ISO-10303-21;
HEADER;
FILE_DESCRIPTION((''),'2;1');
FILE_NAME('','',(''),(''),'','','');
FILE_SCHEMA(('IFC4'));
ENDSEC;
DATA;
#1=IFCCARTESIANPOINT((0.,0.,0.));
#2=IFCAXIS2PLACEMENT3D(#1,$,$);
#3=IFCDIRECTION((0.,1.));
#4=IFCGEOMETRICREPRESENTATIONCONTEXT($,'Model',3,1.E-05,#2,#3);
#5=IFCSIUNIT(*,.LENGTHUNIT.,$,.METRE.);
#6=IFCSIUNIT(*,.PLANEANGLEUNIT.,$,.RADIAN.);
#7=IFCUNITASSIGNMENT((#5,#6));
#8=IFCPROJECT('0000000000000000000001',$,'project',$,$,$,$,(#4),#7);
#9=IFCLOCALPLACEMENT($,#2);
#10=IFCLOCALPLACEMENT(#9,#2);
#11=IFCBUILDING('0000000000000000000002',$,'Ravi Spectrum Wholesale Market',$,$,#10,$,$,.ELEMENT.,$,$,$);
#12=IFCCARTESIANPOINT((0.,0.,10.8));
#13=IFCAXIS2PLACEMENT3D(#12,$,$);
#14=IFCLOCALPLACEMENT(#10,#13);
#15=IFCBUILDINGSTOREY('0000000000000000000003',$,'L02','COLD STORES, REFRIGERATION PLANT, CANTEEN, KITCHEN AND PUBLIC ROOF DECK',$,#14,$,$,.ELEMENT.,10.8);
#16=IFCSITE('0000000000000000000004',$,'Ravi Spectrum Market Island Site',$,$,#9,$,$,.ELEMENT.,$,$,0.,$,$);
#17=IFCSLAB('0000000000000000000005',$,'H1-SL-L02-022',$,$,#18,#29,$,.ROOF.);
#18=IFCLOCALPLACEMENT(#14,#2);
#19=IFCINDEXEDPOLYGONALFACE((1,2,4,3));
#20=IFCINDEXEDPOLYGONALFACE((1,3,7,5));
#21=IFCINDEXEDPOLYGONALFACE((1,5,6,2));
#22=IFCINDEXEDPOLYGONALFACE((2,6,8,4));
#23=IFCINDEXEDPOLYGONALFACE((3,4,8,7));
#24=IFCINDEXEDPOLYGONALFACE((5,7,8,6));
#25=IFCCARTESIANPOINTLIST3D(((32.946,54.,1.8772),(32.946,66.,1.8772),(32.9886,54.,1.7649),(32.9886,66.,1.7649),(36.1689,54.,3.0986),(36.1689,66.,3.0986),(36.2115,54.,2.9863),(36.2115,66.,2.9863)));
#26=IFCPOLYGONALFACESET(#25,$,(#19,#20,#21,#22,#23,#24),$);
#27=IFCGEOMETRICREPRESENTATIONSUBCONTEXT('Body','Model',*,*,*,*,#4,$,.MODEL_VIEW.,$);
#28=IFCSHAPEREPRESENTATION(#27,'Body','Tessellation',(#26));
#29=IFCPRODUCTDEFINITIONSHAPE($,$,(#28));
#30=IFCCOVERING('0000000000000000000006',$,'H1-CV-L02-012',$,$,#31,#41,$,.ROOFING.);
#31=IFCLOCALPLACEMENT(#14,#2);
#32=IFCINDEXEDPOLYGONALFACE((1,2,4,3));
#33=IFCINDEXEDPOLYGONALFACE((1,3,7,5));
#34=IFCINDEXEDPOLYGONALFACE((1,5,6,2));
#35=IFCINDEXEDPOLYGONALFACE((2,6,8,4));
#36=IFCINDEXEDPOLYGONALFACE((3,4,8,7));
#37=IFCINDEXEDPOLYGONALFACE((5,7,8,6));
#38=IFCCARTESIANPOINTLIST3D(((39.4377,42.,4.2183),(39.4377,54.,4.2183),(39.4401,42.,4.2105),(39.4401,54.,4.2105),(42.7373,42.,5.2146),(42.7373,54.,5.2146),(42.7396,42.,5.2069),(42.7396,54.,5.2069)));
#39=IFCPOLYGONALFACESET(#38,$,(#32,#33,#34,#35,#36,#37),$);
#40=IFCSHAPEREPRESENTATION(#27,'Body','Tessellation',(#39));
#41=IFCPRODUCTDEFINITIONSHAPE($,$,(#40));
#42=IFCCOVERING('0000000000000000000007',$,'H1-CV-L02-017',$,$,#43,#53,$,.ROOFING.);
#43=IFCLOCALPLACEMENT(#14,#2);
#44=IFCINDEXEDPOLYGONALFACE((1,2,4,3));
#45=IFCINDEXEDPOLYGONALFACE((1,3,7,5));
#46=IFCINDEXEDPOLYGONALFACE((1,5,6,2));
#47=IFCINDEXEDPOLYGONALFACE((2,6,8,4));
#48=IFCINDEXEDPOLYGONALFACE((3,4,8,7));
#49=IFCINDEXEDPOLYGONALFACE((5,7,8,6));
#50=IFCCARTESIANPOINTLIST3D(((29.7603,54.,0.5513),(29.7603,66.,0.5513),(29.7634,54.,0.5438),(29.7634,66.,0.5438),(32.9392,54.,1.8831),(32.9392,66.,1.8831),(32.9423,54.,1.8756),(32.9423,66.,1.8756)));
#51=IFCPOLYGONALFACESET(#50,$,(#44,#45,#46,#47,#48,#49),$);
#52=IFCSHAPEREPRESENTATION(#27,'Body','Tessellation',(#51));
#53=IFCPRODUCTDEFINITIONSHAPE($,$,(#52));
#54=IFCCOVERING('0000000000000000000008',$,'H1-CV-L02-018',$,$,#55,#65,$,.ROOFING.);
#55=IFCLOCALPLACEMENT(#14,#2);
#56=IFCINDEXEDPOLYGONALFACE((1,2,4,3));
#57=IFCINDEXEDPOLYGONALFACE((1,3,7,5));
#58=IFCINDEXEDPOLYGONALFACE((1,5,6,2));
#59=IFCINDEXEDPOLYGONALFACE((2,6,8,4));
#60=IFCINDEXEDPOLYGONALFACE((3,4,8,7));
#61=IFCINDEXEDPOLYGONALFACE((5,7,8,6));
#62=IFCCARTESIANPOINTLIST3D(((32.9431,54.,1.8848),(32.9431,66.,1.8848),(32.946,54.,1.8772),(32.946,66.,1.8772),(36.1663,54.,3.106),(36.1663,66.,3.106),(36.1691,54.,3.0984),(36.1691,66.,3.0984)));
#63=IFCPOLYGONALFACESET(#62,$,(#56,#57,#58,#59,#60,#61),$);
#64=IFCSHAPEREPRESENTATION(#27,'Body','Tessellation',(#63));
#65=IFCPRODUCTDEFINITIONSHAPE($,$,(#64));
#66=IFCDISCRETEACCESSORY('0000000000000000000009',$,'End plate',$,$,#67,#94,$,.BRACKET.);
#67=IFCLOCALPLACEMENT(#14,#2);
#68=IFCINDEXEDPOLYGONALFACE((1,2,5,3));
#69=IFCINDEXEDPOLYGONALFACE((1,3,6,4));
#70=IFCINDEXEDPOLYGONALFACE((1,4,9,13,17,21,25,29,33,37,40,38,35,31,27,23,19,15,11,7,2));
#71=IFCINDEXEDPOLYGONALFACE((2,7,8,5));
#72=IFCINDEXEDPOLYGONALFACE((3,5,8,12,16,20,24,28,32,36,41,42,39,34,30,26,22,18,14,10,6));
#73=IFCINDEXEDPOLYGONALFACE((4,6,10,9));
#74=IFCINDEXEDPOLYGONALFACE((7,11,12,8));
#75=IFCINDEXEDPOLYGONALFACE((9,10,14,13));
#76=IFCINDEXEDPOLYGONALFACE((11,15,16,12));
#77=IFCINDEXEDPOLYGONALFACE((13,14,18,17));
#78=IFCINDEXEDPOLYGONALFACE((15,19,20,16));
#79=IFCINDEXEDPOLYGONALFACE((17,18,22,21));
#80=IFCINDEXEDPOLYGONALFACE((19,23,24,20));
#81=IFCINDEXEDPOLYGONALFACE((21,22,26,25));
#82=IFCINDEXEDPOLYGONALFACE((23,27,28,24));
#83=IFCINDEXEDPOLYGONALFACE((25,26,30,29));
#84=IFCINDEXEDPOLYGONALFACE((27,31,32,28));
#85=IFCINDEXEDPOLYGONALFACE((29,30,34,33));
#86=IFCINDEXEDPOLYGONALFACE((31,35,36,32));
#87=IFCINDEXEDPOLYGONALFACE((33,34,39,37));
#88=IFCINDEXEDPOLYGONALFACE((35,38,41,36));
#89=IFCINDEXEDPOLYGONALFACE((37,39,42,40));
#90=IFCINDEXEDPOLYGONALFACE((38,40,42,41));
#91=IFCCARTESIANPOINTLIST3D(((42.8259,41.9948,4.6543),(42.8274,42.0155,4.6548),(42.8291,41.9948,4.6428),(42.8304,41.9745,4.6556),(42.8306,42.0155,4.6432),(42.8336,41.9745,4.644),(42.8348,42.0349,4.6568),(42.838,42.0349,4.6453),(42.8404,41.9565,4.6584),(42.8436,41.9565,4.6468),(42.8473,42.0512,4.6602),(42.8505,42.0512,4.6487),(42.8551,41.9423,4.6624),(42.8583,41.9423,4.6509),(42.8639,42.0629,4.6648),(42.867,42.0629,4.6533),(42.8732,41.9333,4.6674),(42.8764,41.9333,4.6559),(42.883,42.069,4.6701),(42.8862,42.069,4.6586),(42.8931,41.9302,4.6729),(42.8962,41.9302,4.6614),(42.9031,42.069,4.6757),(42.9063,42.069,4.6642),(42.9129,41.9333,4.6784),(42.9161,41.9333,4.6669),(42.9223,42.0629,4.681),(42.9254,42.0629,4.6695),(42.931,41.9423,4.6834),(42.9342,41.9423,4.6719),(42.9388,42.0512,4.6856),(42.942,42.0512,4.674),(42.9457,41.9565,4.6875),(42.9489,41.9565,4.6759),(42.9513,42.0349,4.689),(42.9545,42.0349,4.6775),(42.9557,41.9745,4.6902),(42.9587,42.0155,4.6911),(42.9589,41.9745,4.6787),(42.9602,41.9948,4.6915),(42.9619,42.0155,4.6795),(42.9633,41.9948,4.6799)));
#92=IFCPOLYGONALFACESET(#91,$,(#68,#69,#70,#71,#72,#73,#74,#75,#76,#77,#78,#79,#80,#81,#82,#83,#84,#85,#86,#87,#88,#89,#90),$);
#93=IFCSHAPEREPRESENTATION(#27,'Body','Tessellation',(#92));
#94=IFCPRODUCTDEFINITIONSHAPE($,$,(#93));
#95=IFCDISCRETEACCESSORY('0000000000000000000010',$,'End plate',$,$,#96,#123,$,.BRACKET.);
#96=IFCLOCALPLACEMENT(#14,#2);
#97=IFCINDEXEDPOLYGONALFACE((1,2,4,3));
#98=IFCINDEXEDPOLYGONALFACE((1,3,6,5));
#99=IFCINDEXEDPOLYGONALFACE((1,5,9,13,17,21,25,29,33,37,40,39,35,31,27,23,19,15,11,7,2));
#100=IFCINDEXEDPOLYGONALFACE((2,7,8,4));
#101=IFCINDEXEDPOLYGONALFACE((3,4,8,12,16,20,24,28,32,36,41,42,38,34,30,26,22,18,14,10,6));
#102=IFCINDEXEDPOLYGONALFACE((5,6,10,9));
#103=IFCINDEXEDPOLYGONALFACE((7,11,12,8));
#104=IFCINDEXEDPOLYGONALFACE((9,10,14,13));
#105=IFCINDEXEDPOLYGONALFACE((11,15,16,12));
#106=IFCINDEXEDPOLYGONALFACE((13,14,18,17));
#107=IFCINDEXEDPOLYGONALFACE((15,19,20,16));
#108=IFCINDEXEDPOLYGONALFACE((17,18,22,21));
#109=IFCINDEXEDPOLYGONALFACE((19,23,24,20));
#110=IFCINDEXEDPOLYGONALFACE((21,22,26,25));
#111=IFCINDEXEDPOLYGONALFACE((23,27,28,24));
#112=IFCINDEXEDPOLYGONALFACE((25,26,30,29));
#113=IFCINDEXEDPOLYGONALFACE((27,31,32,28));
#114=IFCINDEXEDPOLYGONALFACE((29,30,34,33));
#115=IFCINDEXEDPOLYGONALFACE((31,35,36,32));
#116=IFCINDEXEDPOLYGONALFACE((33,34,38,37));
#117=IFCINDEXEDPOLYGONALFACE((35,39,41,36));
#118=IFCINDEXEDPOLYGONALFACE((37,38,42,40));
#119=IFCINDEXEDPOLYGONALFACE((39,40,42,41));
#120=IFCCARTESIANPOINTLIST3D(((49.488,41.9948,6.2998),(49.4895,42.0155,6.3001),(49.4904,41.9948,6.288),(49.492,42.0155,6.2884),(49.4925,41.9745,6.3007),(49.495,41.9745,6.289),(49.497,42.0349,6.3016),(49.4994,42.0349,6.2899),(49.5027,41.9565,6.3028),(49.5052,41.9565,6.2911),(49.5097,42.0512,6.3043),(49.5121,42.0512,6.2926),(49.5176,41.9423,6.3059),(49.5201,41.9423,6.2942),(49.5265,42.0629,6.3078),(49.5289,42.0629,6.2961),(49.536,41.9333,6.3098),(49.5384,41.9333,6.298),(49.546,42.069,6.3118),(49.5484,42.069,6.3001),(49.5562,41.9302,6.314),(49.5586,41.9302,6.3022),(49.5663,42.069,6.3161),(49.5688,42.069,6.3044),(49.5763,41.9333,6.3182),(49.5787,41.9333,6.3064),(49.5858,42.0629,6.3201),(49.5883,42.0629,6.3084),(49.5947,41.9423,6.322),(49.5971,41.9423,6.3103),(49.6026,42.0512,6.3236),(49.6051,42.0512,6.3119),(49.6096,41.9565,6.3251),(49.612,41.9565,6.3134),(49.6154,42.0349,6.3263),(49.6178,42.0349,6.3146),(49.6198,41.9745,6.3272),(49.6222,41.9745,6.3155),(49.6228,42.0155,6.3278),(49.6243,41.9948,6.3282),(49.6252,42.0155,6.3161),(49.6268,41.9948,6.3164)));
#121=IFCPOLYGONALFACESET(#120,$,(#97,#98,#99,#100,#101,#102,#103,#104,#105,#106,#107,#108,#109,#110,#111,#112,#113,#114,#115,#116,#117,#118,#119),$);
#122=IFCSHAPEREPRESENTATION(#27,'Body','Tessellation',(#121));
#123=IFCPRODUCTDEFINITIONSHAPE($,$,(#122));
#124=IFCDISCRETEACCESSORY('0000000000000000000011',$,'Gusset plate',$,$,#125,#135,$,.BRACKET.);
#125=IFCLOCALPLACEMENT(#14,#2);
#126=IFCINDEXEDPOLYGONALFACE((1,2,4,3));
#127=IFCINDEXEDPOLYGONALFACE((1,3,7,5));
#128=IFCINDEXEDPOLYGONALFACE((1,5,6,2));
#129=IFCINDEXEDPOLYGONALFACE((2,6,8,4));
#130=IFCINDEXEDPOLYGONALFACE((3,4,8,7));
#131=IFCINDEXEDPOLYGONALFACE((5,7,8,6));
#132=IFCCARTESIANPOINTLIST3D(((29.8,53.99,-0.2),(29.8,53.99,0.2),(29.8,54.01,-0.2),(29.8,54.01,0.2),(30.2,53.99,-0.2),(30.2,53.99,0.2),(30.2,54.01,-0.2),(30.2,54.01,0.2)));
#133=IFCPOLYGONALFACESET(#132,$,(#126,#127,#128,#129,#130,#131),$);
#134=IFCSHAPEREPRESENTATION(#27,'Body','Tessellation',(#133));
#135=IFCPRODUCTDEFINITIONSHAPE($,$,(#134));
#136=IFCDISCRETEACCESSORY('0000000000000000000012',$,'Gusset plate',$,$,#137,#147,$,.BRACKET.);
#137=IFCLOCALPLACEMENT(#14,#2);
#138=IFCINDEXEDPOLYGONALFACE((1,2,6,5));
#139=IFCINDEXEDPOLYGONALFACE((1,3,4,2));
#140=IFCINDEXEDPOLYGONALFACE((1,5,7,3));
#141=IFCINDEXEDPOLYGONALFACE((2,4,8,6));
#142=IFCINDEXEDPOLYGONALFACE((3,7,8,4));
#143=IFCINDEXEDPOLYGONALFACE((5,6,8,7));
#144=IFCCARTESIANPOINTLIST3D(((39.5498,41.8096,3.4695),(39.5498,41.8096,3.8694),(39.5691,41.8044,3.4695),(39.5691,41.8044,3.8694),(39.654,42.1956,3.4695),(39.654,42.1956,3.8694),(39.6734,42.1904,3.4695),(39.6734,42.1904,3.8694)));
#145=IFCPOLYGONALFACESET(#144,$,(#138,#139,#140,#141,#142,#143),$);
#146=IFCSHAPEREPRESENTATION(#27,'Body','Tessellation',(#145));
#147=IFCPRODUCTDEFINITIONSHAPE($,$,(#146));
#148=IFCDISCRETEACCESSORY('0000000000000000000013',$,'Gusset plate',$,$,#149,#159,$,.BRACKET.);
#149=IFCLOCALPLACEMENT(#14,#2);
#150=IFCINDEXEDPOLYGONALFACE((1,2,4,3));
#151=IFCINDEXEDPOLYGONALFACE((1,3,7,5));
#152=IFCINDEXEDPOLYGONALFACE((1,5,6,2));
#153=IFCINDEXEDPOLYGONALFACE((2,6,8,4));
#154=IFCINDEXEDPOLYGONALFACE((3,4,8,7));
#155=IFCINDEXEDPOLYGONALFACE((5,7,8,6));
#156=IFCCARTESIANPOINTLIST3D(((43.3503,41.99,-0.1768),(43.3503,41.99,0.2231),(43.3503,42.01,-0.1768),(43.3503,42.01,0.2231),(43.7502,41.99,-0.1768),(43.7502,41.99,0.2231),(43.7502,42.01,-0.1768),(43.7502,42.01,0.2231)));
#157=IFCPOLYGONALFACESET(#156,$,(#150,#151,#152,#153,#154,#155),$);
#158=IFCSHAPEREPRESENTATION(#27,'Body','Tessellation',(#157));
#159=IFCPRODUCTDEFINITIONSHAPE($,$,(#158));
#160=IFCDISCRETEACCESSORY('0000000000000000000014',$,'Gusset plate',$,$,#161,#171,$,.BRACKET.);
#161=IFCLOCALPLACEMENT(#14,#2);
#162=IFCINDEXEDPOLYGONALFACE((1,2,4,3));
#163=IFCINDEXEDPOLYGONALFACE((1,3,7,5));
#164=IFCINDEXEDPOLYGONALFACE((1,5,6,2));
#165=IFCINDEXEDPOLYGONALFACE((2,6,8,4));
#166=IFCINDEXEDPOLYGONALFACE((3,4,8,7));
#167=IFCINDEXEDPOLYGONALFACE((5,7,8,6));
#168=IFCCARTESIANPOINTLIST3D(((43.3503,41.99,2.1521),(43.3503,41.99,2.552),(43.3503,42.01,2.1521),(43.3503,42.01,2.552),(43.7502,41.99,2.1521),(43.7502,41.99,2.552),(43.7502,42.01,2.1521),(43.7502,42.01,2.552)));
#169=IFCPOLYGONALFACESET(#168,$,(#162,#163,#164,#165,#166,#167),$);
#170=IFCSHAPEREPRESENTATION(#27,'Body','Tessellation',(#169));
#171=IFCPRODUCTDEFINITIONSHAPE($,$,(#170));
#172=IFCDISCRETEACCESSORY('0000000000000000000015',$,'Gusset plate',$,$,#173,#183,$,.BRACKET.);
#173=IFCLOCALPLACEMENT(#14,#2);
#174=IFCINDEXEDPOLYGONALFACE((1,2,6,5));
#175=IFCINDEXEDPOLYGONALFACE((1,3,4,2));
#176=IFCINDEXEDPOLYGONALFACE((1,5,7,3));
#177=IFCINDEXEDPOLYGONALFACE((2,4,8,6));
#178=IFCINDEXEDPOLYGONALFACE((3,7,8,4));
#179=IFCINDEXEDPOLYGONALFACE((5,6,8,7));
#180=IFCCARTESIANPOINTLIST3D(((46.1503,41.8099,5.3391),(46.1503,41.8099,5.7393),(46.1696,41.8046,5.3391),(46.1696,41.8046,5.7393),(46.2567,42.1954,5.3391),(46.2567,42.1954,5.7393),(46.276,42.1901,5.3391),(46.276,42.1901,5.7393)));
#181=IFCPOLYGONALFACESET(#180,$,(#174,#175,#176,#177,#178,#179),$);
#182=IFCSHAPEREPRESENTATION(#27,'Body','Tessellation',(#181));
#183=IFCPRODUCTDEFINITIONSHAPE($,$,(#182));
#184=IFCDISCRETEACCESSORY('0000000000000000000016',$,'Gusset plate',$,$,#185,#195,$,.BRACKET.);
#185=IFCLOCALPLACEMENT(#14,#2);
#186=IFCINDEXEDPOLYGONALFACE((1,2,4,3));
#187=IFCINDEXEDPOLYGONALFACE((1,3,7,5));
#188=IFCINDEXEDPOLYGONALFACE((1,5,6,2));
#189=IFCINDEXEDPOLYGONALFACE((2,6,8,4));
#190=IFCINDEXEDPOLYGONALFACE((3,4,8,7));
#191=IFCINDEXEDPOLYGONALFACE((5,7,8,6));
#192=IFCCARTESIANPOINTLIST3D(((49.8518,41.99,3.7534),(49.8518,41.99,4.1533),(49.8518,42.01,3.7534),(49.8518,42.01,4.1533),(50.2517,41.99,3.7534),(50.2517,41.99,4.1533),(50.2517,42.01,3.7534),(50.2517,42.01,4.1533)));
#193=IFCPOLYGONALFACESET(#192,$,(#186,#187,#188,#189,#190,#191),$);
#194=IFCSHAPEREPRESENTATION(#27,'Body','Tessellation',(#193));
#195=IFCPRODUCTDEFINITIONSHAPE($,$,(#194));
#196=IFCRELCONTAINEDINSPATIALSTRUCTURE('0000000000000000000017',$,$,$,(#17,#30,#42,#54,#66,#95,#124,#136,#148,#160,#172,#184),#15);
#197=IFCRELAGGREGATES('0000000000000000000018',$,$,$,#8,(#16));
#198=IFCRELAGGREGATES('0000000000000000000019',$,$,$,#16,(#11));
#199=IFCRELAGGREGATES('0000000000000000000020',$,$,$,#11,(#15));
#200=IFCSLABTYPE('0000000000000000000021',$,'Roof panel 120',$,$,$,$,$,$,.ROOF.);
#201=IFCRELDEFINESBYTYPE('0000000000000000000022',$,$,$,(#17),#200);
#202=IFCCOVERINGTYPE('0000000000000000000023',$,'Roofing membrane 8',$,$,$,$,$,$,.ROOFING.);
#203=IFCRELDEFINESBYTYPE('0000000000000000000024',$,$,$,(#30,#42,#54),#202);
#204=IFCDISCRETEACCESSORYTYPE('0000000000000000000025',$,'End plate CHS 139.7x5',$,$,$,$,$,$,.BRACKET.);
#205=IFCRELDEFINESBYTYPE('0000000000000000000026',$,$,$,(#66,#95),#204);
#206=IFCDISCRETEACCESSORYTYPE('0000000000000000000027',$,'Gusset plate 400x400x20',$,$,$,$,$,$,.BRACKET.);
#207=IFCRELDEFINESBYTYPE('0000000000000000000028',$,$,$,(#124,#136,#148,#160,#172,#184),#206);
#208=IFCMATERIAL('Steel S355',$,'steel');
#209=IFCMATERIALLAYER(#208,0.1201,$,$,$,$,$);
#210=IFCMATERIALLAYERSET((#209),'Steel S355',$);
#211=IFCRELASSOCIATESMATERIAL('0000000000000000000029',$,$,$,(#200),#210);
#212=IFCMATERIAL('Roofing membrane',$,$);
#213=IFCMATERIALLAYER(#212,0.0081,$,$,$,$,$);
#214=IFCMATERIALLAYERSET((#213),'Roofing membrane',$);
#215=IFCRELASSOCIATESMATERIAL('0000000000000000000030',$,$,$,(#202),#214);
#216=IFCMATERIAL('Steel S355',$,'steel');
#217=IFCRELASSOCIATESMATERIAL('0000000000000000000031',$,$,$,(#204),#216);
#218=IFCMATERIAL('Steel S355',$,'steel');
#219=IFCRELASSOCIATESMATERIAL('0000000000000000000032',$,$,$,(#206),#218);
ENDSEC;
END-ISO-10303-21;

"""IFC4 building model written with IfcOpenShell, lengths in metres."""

from ifc_helpers import new_model, si_unit, direction, frame, origin, origin_2d, place, context, subcontext, project, spatial, polyline, rectangle, circle, outline, extrude, material, layer, layer_set, material_profile, profile_set, type_object, element, save


model = new_model("IFC4")

# Units and contexts
model_context = context("Model", 3, precision=1e-05, world=origin(), true_north=direction((0.0, 1.0)))
body_context = subcontext(model_context, "Body", "Model", "MODEL_VIEW")
ifc_project = project(units=[si_unit("LENGTHUNIT", "METRE"), si_unit("PLANEANGLEUNIT", "RADIAN")], contexts=[model_context])

# Site, building, storey
site_placement = place(None, origin())
site = spatial("IfcSite", under=ifc_project, at=site_placement, Name="Ravi Spectrum Market Island Site", CompositionType="ELEMENT", RefElevation=0.0)
building_placement = place(site_placement, origin())
building = spatial("IfcBuilding", under=site, at=building_placement, Name="Ravi Spectrum Wholesale Market", CompositionType="ELEMENT")
storey_placement = place(building_placement, frame((0.0, 0.0, 10.8)))
storey = spatial("IfcBuildingStorey", under=building, at=storey_placement, Name="L02", Description="COLD STORES, REFRIGERATION PLANT, CANTEEN, KITCHEN AND PUBLIC ROOF DECK", CompositionType="ELEMENT", Elevation=10.8)

# Slab
ifc_material_1 = material(Name="Steel S355", Category="steel")
ifc_layer_1 = layer(ifc_material_1, 0.1201)
ifc_layer_set_1 = layer_set([ifc_layer_1], Name="Steel S355")
slab_type = type_object("IfcSlabType", Name="Roof panel 120", PredefinedType="ROOF", material=ifc_layer_set_1)
slab_1_placement = place(storey_placement, frame((32.946, 54.0, 1.8772), z_axis=(-0.354389, 0.0, 0.935098), x_axis=(0.935098, 0.0, 0.354389)))
element("IfcSlab", 1, at=slab_1_placement, inside=storey, type_object=slab_type, Name="H1-SL-L02-022", PredefinedType="ROOF", context=body_context, shape_type="SweptSolid", body=[
    extrude(outline(polyline([(0.0, 0.0), (3.4466, 0.0), (3.4466, 12.0), (0.0, 12.0), (0.0, 0.0)])), origin(), (0.0, 0.0, -1.0), 0.1201),
])

# Coverings
ifc_material_2 = material(Name="Roofing membrane")
ifc_layer_2 = layer(ifc_material_2, 0.0081)
ifc_layer_set_2 = layer_set([ifc_layer_2], Name="Roofing membrane")
covering_type = type_object("IfcCoveringType", Name="Roofing membrane 8", PredefinedType="ROOFING", material=ifc_layer_set_2)
covering_1_placement = place(storey_placement, frame((39.4377, 42.0, 4.2183), z_axis=(-0.28907, 0.0, 0.957308), x_axis=(0.957308, 0.0, 0.28907)))
element("IfcCovering", 2, at=covering_1_placement, inside=storey, type_object=covering_type, Name="H1-CV-L02-012", PredefinedType="ROOFING", context=body_context, shape_type="SweptSolid", body=[
    extrude(outline(polyline([(0.0, 0.0), (3.4467, 0.0), (3.4467, 12.0), (0.0, 12.0), (0.0, 0.0)])), origin(), (0.0, 0.0, -1.0), 0.0081),
])
covering_2_placement = place(storey_placement, frame((29.7603, 54.0, 0.5513), z_axis=(-0.3864, 0.0, 0.922331), x_axis=(0.922331, 0.0, 0.3864)))
element("IfcCovering", 3, at=covering_2_placement, inside=storey, type_object=covering_type, Name="H1-CV-L02-017", PredefinedType="ROOFING", context=body_context, shape_type="SweptSolid", body=[
    extrude(outline(polyline([(0.0, 0.0), (3.4467, 0.0), (3.4467, 12.0), (0.0, 12.0), (0.0, 0.0)])), origin(), (0.0, 0.0, -1.0), 0.0081),
])
covering_3_placement = place(storey_placement, frame((32.9431, 54.0, 1.8848), z_axis=(-0.354304, 0.0, 0.93513), x_axis=(0.93513, 0.0, 0.354304)))
element("IfcCovering", 4, at=covering_3_placement, inside=storey, type_object=covering_type, Name="H1-CV-L02-018", PredefinedType="ROOFING", context=body_context, shape_type="SweptSolid", body=[
    extrude(outline(polyline([(0.0, 0.0), (3.4467, 0.0), (3.4467, 12.0), (0.0, 12.0), (0.0, 0.0)])), origin(), (0.0, 0.0, -1.0), 0.0081),
])

# Discrete accessories
ifc_material_3 = material(Name="Steel S355", Category="steel")
ifc_material_profile_1 = material_profile(ifc_material_3, circle(Radius=0.0698, at=origin_2d()))
ifc_profile_set_1 = profile_set([ifc_material_profile_1], Name="Steel S355")
discrete_accessory_type_1 = type_object("IfcDiscreteAccessoryType", Name="End plate CHS 139.7x5", PredefinedType="BRACKET", material=ifc_profile_set_1)
for number, where, z_axis, x_axis, name in (
    (5, (42.8962, 42.0, 4.6614), (-0.266586, 0.0, 0.963811), (0.0, -1.0, 0.0), "End plate"),
    (6, (49.5586, 42.0, 6.3022), (-0.203954, 0.0, 0.97898), (0.0, -1.0, 0.0), "End plate"),
):
    element("IfcDiscreteAccessory", number, at=place(storey_placement, frame(where, z_axis=z_axis, x_axis=x_axis)), inside=storey, type_object=discrete_accessory_type_1, Name=name, PredefinedType="BRACKET", context=body_context, shape_type="SweptSolid", body=[
        extrude(circle(Radius=0.0698, at=origin_2d()), origin(), (0.0, 0.0, 1.0), 0.012),
    ])
ifc_material_4 = material(Name="Steel S355", Category="steel")
ifc_material_profile_2 = material_profile(ifc_material_4, rectangle(XDim=0.3999, YDim=0.02, at=origin_2d()))
ifc_profile_set_2 = profile_set([ifc_material_profile_2], Name="Steel S355")
discrete_accessory_type_2 = type_object("IfcDiscreteAccessoryType", Name="Gusset plate 400x400x20", PredefinedType="BRACKET", material=ifc_profile_set_2)
for number, where, z_axis, x_axis, name in (
    (7, (30.0, 54.0, -0.2), (0.0, 0.0, 1.0), (1.0, 0.0, 0.0), "Gusset plate"),
    (8, (39.6116, 42.0, 3.4695), (0.0, 0.0, 1.0), (0.260664, 0.96543, 0.0), "Gusset plate"),
    (9, (43.5503, 42.0, -0.1768), (0.0, 0.0, 1.0), (1.0, 0.0, 0.0), "Gusset plate"),
    (10, (43.5503, 42.0, 2.1521), (0.0, 0.0, 1.0), (1.0, 0.0, 0.0), "Gusset plate"),
):
    element("IfcDiscreteAccessory", number, at=place(storey_placement, frame(where, z_axis=z_axis, x_axis=x_axis)), inside=storey, type_object=discrete_accessory_type_2, Name=name, PredefinedType="BRACKET", context=body_context, shape_type="SweptSolid", body=[
        extrude(rectangle(XDim=0.3999, YDim=0.02, at=origin_2d()), origin(), (0.0, 0.0, 1.0), 0.3999),
    ])
discrete_accessory_1_placement = place(storey_placement, frame((46.2131, 42.0, 5.3391), z_axis=(0.0, 0.0, 1.0), x_axis=(0.265907, 0.963999, 0.0)))
element("IfcDiscreteAccessory", 11, at=discrete_accessory_1_placement, inside=storey, type_object=discrete_accessory_type_2, Name="Gusset plate", PredefinedType="BRACKET", context=body_context, shape_type="SweptSolid", body=[
    extrude(rectangle(XDim=0.3999, YDim=0.02, at=origin_2d()), origin(), (0.0, 0.0, 1.0), 0.4001),
])
discrete_accessory_2_placement = place(storey_placement, frame((50.0518, 42.0, 3.7534), z_axis=(0.0, 0.0, 1.0), x_axis=(1.0, 0.0, 0.0)))
element("IfcDiscreteAccessory", 12, at=discrete_accessory_2_placement, inside=storey, type_object=discrete_accessory_type_2, Name="Gusset plate", PredefinedType="BRACKET", context=body_context, shape_type="SweptSolid", body=[
    extrude(rectangle(XDim=0.3999, YDim=0.02, at=origin_2d()), origin(), (0.0, 0.0, 1.0), 0.3999),
])

save(model, "model.ifc")
